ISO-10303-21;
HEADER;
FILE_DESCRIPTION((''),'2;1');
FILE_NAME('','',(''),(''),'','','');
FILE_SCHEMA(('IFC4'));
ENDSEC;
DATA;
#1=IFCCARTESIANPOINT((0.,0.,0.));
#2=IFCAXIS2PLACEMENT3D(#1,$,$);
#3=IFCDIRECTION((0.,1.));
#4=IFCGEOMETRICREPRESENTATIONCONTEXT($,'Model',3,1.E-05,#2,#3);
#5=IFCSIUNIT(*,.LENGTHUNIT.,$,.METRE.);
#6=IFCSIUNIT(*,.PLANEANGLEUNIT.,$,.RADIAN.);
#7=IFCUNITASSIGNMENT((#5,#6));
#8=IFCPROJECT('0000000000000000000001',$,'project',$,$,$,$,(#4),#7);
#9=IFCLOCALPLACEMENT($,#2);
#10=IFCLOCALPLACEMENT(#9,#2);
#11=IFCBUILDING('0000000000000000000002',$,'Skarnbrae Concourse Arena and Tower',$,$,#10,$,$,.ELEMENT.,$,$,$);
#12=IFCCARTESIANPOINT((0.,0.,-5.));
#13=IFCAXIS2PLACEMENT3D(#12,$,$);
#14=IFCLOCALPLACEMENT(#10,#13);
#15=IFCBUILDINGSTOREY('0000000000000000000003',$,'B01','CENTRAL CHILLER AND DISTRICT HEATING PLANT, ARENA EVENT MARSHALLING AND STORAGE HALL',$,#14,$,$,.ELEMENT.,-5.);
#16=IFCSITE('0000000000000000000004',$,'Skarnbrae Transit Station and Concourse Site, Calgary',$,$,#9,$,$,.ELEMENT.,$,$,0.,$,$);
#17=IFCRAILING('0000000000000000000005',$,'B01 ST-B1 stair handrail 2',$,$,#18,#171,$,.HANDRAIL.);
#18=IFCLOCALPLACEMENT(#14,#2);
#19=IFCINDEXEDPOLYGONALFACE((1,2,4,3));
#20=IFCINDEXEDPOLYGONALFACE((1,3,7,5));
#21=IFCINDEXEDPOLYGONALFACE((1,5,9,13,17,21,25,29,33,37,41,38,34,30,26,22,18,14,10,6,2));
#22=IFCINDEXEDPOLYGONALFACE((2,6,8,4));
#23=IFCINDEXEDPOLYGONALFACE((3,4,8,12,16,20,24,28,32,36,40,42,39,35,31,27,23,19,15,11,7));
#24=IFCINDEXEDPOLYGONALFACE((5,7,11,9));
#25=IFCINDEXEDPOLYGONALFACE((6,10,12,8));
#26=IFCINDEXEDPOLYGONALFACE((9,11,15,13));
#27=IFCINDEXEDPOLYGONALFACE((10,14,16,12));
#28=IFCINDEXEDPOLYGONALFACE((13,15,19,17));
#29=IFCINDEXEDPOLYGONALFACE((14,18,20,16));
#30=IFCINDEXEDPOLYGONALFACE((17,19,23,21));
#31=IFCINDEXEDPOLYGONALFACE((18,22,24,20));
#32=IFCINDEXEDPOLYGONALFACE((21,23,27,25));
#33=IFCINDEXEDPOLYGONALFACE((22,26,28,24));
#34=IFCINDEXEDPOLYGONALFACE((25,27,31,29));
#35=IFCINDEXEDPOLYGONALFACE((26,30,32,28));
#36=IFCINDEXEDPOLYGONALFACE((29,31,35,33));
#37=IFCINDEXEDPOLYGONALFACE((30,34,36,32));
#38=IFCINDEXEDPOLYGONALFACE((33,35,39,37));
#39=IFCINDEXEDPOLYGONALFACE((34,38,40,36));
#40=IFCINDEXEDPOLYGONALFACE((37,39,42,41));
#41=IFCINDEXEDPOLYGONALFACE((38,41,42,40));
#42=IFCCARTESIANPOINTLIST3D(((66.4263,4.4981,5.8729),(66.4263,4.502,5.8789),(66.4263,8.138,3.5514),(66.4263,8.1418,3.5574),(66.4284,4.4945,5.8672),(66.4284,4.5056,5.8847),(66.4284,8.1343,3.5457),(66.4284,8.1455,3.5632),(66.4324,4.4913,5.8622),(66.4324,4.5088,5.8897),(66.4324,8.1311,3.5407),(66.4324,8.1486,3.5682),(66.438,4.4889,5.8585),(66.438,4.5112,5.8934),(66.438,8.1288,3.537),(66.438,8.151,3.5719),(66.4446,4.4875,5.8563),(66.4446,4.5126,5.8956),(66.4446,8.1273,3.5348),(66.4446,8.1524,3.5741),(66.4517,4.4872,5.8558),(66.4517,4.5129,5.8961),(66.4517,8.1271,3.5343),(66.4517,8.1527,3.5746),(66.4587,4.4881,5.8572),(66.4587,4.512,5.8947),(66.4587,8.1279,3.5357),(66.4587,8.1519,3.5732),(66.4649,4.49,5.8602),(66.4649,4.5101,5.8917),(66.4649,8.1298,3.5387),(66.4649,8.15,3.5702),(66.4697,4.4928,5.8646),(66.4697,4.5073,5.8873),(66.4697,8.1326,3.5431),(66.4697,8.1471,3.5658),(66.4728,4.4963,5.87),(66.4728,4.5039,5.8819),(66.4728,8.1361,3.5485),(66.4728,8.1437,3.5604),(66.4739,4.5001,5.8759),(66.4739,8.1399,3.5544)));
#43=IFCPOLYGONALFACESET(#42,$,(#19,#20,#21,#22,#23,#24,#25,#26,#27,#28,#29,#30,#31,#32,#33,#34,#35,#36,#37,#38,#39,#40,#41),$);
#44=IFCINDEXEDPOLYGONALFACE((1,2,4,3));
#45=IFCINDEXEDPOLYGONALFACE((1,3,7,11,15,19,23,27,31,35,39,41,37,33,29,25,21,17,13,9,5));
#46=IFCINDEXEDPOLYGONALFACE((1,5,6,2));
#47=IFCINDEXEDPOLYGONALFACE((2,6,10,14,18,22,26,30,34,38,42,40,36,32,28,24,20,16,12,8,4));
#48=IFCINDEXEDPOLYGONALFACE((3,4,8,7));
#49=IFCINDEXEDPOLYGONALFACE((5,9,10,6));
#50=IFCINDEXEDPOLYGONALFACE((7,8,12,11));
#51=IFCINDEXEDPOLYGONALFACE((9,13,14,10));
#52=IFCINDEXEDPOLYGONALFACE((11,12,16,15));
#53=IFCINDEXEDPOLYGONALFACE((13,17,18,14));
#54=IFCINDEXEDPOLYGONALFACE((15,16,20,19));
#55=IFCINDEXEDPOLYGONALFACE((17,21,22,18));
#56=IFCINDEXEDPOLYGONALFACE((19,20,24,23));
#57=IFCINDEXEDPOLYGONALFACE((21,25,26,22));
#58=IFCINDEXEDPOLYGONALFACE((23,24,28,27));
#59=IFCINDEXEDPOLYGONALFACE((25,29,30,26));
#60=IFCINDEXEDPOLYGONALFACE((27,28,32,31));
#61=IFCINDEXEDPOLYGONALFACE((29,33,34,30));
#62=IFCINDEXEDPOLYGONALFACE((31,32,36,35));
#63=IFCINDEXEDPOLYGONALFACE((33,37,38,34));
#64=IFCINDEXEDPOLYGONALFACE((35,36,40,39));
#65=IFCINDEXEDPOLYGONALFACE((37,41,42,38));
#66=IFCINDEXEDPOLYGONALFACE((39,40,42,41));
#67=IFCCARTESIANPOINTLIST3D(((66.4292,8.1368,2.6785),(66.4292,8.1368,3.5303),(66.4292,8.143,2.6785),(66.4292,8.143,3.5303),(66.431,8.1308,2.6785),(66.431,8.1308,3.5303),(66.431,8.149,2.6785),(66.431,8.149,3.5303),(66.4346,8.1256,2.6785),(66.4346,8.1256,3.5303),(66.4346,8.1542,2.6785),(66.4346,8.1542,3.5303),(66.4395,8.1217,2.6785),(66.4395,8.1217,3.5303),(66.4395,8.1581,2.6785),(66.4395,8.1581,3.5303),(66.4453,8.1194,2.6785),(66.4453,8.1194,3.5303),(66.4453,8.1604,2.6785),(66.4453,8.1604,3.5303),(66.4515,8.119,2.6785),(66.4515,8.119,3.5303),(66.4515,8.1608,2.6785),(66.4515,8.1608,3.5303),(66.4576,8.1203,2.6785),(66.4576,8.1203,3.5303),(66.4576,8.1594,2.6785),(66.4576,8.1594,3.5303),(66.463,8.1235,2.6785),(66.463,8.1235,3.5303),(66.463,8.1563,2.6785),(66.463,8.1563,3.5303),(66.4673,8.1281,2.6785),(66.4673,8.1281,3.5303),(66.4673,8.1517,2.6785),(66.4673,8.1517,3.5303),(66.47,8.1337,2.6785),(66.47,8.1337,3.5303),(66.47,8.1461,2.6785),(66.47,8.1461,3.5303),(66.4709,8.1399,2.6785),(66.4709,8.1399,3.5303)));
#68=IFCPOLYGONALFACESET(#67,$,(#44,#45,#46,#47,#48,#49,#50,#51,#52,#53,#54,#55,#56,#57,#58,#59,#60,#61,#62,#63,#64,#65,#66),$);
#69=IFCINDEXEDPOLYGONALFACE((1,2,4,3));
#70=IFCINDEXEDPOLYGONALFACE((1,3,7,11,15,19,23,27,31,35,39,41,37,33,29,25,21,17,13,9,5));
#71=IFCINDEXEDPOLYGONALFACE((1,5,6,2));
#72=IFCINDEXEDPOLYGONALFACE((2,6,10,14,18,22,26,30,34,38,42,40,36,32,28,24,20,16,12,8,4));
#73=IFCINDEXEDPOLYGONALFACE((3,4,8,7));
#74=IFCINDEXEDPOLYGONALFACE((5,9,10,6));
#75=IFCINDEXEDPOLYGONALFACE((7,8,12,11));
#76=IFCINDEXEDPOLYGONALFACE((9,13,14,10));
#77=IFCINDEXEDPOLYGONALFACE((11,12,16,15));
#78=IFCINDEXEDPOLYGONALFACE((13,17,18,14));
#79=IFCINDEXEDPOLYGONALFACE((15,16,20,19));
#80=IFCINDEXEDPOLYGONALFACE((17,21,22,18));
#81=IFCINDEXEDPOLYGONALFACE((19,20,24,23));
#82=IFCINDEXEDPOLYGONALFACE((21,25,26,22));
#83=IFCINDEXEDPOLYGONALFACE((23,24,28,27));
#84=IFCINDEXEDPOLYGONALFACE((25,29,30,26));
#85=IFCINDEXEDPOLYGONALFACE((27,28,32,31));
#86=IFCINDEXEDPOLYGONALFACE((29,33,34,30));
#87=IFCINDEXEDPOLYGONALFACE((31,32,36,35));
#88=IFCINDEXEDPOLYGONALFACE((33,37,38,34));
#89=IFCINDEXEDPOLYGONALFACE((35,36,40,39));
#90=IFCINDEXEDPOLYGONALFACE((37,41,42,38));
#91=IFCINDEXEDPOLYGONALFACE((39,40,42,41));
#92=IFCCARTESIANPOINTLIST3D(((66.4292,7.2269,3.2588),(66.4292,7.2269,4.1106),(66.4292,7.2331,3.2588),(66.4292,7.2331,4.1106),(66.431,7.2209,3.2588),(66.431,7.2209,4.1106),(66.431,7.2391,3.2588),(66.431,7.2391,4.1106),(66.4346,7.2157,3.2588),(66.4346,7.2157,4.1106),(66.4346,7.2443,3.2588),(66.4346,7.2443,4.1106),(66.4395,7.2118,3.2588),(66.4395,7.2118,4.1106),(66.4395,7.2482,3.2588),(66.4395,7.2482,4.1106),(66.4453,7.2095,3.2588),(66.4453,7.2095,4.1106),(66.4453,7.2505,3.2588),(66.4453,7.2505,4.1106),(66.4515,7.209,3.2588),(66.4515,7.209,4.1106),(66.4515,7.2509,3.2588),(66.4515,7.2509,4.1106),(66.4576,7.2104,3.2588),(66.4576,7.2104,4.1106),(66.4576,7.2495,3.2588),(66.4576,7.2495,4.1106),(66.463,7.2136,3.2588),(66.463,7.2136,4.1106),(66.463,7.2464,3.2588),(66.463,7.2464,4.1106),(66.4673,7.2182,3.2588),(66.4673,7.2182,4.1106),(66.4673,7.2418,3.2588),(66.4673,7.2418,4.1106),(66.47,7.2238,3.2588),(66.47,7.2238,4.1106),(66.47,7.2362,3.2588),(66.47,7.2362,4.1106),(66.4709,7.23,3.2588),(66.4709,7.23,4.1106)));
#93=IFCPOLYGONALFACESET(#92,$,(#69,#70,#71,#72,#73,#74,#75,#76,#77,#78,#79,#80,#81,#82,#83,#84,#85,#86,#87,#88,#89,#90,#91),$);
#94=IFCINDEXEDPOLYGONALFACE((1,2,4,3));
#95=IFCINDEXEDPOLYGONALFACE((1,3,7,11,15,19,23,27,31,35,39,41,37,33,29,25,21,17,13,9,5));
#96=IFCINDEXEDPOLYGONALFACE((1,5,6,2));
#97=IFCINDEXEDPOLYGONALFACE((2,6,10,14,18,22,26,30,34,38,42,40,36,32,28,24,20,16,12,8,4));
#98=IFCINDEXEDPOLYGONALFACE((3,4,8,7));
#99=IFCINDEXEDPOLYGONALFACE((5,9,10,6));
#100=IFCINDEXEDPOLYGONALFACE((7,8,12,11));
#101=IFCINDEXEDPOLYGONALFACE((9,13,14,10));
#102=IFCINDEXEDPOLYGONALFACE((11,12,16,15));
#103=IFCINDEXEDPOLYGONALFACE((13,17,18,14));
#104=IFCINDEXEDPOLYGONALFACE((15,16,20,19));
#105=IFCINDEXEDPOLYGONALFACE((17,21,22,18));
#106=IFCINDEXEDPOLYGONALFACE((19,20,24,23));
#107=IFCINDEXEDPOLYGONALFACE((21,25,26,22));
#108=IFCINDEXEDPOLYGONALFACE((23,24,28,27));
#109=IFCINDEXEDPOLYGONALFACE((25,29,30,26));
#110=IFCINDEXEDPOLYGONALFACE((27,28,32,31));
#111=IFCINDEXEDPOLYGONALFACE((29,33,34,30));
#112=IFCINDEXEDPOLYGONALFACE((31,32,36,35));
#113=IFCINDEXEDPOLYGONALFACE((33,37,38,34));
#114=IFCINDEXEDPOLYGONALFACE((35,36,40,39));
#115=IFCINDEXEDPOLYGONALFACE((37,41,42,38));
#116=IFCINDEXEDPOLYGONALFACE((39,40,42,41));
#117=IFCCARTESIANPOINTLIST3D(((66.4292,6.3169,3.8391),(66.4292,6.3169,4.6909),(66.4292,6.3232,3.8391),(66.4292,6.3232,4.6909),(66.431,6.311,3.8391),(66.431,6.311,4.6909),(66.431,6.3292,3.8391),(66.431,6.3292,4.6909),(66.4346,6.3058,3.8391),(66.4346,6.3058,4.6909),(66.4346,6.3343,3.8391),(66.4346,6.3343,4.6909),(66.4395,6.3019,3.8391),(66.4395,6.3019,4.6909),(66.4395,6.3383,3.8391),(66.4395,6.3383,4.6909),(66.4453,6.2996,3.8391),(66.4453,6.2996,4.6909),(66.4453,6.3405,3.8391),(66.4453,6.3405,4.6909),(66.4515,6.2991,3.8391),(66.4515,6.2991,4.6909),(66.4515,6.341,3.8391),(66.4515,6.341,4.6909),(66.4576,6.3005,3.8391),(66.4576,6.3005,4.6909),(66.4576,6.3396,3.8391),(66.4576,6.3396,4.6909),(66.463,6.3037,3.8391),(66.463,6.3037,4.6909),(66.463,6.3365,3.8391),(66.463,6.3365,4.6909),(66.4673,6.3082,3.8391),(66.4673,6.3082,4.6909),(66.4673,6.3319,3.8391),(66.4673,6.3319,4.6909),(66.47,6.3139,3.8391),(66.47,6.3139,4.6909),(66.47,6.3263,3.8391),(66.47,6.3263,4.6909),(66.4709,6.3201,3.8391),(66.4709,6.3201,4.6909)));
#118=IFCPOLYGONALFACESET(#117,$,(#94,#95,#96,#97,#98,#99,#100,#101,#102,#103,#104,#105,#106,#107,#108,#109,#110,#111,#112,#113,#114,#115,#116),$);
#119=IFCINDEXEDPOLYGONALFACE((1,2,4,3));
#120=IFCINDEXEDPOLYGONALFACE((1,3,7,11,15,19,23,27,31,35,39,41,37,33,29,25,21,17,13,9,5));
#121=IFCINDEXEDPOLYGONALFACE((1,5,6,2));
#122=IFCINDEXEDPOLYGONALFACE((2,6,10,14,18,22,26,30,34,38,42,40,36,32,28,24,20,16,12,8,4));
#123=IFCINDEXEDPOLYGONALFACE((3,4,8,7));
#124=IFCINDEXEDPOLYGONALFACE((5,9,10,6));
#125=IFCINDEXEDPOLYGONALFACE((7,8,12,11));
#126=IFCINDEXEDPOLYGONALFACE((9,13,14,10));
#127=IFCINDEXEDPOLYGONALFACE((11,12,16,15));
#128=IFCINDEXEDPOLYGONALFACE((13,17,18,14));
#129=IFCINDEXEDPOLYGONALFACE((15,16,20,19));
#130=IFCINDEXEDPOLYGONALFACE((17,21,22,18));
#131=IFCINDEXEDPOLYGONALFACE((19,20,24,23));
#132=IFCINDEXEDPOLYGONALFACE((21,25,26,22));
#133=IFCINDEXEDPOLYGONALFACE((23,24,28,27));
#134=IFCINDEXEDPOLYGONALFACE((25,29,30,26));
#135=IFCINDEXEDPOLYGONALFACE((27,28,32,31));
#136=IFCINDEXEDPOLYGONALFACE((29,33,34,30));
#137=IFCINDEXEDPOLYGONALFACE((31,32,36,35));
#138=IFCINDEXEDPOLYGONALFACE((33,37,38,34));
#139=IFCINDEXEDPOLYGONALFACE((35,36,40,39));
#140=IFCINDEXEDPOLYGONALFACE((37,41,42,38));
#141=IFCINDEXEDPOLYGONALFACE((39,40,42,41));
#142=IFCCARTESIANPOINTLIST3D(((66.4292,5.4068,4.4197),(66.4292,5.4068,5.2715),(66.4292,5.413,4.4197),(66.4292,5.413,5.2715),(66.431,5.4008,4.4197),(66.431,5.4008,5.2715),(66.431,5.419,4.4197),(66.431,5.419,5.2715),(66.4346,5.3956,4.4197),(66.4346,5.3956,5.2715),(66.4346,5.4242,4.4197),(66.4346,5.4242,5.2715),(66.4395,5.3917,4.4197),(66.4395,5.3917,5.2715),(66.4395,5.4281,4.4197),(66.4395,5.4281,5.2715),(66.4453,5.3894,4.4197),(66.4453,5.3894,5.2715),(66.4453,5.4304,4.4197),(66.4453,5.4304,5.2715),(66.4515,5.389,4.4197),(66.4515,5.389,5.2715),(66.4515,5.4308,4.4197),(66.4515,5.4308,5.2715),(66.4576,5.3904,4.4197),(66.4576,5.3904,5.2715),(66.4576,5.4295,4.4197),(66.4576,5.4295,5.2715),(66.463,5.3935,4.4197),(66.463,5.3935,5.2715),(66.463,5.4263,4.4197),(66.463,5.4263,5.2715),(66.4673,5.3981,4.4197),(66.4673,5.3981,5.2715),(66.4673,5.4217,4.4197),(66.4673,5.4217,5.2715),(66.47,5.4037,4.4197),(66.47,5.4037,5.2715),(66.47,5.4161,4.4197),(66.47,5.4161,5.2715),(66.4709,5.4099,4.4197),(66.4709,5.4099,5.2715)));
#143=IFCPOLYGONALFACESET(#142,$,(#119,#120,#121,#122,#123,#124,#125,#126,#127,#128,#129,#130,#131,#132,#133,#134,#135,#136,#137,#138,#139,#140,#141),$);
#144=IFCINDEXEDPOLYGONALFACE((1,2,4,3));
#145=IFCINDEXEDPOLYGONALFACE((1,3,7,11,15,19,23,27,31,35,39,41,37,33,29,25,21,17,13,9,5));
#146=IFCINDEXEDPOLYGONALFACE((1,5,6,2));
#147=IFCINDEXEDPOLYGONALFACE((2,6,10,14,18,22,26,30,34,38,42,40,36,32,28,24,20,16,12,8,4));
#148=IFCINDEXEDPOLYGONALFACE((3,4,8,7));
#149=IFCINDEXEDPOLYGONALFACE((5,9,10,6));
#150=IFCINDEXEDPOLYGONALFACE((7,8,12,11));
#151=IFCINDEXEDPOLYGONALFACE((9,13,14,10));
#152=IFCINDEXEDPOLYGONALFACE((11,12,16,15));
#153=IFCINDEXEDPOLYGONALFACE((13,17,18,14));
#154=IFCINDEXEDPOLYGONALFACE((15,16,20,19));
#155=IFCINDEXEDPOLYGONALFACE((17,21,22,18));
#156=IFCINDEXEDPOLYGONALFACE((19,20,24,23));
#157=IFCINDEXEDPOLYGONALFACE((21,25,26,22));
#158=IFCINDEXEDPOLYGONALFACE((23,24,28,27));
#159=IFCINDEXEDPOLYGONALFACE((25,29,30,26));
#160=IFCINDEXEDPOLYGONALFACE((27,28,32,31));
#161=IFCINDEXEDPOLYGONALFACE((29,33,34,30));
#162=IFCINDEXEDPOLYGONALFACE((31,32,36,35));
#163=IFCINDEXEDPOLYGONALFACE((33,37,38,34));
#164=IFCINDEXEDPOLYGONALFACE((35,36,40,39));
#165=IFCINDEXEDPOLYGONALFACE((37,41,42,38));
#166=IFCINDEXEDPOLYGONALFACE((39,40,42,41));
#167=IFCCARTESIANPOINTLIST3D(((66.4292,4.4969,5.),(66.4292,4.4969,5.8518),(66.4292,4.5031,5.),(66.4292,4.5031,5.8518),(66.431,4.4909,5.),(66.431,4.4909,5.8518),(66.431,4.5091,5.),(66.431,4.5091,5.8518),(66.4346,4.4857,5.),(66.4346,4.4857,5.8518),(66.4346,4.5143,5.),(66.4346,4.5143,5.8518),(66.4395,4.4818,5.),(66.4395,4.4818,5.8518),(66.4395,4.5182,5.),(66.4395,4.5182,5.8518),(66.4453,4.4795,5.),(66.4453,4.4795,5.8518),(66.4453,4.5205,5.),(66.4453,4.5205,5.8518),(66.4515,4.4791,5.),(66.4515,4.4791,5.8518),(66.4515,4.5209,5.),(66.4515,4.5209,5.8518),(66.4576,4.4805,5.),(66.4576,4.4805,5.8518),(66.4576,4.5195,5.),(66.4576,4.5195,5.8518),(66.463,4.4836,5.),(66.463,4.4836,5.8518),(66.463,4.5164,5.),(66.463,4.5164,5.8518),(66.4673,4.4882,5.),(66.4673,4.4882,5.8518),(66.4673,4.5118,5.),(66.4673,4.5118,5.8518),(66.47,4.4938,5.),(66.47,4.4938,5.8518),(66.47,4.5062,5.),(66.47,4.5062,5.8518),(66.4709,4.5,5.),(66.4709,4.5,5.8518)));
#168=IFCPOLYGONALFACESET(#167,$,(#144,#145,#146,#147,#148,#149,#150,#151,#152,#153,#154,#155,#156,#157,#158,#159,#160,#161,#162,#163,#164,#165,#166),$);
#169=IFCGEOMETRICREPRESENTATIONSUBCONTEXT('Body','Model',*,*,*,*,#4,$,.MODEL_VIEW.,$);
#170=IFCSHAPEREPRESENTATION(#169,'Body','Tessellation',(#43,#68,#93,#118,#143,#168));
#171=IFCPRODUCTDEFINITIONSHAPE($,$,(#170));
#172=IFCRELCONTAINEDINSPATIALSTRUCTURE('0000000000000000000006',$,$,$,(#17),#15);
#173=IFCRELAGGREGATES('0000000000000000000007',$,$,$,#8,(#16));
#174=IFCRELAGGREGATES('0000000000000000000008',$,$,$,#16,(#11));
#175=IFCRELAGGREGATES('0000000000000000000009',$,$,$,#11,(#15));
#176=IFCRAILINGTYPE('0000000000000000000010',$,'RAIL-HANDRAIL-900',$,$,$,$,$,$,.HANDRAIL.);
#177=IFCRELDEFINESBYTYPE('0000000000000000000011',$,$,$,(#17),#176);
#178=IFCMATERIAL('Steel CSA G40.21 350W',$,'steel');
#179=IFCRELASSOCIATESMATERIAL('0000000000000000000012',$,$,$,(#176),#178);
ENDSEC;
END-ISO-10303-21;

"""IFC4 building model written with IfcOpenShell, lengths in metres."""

from ifc_helpers import new_model, si_unit, direction, frame, origin, origin_2d, place, context, subcontext, project, spatial, circle, extrude, material, type_object, element, save


model = new_model("IFC4")

# Units and contexts
model_context = context("Model", 3, precision=1e-05, world=origin(), true_north=direction((0.0, 1.0)))
body_context = subcontext(model_context, "Body", "Model", "MODEL_VIEW")
ifc_project = project(units=[si_unit("LENGTHUNIT", "METRE"), si_unit("PLANEANGLEUNIT", "RADIAN")], contexts=[model_context])

# Site, building, storey
site_placement = place(None, origin())
site = spatial("IfcSite", under=ifc_project, at=site_placement, Name="Skarnbrae Transit Station and Concourse Site, Calgary", CompositionType="ELEMENT", RefElevation=0.0)
building_placement = place(site_placement, origin())
building = spatial("IfcBuilding", under=site, at=building_placement, Name="Skarnbrae Concourse Arena and Tower", CompositionType="ELEMENT")
storey_placement = place(building_placement, frame((0.0, 0.0, -5.0)))
storey = spatial("IfcBuildingStorey", under=building, at=storey_placement, Name="B01", Description="CENTRAL CHILLER AND DISTRICT HEATING PLANT, ARENA EVENT MARSHALLING AND STORAGE HALL", CompositionType="ELEMENT", Elevation=-5.0)

# Shared definitions
ifc_material_1 = material(Name="Steel CSA G40.21 350W", Category="steel")

# Railing
railing_type_1 = type_object("IfcRailingType", Name="RAIL-HANDRAIL-900", PredefinedType="HANDRAIL", material=ifc_material_1)
for number, where, name in (
    (1, (66.45, 8.1399, 2.6785), "B01 ST-B1 stair handrail 2"),
):
    element("IfcRailing", number, at=place(storey_placement, frame(where)), inside=storey, type_object=railing_type_1, Name=name, PredefinedType="HANDRAIL", context=body_context, shape_type="SweptSolid", body=[
        extrude(circle(Radius=0.0239, at=origin_2d()), frame((0.0, 0.0, 0.876), z_axis=(0.0, -0.843112, 0.537739), x_axis=(1.0, 0.0, 0.0)), (0.0, 0.0, 1.0), 4.3171),
        extrude(circle(Radius=0.021, at=origin_2d()), origin(), (0.0, 0.0, 1.0), 0.8518),
        extrude(circle(Radius=0.021, at=origin_2d()), frame((0.0, -0.9099, 0.5803)), (0.0, 0.0, 1.0), 0.8518),
        extrude(circle(Radius=0.021, at=origin_2d()), frame((0.0, -1.8198, 1.1606)), (0.0, 0.0, 1.0), 0.8518),
        extrude(circle(Radius=0.021, at=origin_2d()), frame((0.0, -2.73, 1.7412)), (0.0, 0.0, 1.0), 0.8518),
        extrude(circle(Radius=0.021, at=origin_2d()), frame((0.0, -3.6399, 2.3215)), (0.0, 0.0, 1.0), 0.8518),
    ])

save(model, "model.ifc")
